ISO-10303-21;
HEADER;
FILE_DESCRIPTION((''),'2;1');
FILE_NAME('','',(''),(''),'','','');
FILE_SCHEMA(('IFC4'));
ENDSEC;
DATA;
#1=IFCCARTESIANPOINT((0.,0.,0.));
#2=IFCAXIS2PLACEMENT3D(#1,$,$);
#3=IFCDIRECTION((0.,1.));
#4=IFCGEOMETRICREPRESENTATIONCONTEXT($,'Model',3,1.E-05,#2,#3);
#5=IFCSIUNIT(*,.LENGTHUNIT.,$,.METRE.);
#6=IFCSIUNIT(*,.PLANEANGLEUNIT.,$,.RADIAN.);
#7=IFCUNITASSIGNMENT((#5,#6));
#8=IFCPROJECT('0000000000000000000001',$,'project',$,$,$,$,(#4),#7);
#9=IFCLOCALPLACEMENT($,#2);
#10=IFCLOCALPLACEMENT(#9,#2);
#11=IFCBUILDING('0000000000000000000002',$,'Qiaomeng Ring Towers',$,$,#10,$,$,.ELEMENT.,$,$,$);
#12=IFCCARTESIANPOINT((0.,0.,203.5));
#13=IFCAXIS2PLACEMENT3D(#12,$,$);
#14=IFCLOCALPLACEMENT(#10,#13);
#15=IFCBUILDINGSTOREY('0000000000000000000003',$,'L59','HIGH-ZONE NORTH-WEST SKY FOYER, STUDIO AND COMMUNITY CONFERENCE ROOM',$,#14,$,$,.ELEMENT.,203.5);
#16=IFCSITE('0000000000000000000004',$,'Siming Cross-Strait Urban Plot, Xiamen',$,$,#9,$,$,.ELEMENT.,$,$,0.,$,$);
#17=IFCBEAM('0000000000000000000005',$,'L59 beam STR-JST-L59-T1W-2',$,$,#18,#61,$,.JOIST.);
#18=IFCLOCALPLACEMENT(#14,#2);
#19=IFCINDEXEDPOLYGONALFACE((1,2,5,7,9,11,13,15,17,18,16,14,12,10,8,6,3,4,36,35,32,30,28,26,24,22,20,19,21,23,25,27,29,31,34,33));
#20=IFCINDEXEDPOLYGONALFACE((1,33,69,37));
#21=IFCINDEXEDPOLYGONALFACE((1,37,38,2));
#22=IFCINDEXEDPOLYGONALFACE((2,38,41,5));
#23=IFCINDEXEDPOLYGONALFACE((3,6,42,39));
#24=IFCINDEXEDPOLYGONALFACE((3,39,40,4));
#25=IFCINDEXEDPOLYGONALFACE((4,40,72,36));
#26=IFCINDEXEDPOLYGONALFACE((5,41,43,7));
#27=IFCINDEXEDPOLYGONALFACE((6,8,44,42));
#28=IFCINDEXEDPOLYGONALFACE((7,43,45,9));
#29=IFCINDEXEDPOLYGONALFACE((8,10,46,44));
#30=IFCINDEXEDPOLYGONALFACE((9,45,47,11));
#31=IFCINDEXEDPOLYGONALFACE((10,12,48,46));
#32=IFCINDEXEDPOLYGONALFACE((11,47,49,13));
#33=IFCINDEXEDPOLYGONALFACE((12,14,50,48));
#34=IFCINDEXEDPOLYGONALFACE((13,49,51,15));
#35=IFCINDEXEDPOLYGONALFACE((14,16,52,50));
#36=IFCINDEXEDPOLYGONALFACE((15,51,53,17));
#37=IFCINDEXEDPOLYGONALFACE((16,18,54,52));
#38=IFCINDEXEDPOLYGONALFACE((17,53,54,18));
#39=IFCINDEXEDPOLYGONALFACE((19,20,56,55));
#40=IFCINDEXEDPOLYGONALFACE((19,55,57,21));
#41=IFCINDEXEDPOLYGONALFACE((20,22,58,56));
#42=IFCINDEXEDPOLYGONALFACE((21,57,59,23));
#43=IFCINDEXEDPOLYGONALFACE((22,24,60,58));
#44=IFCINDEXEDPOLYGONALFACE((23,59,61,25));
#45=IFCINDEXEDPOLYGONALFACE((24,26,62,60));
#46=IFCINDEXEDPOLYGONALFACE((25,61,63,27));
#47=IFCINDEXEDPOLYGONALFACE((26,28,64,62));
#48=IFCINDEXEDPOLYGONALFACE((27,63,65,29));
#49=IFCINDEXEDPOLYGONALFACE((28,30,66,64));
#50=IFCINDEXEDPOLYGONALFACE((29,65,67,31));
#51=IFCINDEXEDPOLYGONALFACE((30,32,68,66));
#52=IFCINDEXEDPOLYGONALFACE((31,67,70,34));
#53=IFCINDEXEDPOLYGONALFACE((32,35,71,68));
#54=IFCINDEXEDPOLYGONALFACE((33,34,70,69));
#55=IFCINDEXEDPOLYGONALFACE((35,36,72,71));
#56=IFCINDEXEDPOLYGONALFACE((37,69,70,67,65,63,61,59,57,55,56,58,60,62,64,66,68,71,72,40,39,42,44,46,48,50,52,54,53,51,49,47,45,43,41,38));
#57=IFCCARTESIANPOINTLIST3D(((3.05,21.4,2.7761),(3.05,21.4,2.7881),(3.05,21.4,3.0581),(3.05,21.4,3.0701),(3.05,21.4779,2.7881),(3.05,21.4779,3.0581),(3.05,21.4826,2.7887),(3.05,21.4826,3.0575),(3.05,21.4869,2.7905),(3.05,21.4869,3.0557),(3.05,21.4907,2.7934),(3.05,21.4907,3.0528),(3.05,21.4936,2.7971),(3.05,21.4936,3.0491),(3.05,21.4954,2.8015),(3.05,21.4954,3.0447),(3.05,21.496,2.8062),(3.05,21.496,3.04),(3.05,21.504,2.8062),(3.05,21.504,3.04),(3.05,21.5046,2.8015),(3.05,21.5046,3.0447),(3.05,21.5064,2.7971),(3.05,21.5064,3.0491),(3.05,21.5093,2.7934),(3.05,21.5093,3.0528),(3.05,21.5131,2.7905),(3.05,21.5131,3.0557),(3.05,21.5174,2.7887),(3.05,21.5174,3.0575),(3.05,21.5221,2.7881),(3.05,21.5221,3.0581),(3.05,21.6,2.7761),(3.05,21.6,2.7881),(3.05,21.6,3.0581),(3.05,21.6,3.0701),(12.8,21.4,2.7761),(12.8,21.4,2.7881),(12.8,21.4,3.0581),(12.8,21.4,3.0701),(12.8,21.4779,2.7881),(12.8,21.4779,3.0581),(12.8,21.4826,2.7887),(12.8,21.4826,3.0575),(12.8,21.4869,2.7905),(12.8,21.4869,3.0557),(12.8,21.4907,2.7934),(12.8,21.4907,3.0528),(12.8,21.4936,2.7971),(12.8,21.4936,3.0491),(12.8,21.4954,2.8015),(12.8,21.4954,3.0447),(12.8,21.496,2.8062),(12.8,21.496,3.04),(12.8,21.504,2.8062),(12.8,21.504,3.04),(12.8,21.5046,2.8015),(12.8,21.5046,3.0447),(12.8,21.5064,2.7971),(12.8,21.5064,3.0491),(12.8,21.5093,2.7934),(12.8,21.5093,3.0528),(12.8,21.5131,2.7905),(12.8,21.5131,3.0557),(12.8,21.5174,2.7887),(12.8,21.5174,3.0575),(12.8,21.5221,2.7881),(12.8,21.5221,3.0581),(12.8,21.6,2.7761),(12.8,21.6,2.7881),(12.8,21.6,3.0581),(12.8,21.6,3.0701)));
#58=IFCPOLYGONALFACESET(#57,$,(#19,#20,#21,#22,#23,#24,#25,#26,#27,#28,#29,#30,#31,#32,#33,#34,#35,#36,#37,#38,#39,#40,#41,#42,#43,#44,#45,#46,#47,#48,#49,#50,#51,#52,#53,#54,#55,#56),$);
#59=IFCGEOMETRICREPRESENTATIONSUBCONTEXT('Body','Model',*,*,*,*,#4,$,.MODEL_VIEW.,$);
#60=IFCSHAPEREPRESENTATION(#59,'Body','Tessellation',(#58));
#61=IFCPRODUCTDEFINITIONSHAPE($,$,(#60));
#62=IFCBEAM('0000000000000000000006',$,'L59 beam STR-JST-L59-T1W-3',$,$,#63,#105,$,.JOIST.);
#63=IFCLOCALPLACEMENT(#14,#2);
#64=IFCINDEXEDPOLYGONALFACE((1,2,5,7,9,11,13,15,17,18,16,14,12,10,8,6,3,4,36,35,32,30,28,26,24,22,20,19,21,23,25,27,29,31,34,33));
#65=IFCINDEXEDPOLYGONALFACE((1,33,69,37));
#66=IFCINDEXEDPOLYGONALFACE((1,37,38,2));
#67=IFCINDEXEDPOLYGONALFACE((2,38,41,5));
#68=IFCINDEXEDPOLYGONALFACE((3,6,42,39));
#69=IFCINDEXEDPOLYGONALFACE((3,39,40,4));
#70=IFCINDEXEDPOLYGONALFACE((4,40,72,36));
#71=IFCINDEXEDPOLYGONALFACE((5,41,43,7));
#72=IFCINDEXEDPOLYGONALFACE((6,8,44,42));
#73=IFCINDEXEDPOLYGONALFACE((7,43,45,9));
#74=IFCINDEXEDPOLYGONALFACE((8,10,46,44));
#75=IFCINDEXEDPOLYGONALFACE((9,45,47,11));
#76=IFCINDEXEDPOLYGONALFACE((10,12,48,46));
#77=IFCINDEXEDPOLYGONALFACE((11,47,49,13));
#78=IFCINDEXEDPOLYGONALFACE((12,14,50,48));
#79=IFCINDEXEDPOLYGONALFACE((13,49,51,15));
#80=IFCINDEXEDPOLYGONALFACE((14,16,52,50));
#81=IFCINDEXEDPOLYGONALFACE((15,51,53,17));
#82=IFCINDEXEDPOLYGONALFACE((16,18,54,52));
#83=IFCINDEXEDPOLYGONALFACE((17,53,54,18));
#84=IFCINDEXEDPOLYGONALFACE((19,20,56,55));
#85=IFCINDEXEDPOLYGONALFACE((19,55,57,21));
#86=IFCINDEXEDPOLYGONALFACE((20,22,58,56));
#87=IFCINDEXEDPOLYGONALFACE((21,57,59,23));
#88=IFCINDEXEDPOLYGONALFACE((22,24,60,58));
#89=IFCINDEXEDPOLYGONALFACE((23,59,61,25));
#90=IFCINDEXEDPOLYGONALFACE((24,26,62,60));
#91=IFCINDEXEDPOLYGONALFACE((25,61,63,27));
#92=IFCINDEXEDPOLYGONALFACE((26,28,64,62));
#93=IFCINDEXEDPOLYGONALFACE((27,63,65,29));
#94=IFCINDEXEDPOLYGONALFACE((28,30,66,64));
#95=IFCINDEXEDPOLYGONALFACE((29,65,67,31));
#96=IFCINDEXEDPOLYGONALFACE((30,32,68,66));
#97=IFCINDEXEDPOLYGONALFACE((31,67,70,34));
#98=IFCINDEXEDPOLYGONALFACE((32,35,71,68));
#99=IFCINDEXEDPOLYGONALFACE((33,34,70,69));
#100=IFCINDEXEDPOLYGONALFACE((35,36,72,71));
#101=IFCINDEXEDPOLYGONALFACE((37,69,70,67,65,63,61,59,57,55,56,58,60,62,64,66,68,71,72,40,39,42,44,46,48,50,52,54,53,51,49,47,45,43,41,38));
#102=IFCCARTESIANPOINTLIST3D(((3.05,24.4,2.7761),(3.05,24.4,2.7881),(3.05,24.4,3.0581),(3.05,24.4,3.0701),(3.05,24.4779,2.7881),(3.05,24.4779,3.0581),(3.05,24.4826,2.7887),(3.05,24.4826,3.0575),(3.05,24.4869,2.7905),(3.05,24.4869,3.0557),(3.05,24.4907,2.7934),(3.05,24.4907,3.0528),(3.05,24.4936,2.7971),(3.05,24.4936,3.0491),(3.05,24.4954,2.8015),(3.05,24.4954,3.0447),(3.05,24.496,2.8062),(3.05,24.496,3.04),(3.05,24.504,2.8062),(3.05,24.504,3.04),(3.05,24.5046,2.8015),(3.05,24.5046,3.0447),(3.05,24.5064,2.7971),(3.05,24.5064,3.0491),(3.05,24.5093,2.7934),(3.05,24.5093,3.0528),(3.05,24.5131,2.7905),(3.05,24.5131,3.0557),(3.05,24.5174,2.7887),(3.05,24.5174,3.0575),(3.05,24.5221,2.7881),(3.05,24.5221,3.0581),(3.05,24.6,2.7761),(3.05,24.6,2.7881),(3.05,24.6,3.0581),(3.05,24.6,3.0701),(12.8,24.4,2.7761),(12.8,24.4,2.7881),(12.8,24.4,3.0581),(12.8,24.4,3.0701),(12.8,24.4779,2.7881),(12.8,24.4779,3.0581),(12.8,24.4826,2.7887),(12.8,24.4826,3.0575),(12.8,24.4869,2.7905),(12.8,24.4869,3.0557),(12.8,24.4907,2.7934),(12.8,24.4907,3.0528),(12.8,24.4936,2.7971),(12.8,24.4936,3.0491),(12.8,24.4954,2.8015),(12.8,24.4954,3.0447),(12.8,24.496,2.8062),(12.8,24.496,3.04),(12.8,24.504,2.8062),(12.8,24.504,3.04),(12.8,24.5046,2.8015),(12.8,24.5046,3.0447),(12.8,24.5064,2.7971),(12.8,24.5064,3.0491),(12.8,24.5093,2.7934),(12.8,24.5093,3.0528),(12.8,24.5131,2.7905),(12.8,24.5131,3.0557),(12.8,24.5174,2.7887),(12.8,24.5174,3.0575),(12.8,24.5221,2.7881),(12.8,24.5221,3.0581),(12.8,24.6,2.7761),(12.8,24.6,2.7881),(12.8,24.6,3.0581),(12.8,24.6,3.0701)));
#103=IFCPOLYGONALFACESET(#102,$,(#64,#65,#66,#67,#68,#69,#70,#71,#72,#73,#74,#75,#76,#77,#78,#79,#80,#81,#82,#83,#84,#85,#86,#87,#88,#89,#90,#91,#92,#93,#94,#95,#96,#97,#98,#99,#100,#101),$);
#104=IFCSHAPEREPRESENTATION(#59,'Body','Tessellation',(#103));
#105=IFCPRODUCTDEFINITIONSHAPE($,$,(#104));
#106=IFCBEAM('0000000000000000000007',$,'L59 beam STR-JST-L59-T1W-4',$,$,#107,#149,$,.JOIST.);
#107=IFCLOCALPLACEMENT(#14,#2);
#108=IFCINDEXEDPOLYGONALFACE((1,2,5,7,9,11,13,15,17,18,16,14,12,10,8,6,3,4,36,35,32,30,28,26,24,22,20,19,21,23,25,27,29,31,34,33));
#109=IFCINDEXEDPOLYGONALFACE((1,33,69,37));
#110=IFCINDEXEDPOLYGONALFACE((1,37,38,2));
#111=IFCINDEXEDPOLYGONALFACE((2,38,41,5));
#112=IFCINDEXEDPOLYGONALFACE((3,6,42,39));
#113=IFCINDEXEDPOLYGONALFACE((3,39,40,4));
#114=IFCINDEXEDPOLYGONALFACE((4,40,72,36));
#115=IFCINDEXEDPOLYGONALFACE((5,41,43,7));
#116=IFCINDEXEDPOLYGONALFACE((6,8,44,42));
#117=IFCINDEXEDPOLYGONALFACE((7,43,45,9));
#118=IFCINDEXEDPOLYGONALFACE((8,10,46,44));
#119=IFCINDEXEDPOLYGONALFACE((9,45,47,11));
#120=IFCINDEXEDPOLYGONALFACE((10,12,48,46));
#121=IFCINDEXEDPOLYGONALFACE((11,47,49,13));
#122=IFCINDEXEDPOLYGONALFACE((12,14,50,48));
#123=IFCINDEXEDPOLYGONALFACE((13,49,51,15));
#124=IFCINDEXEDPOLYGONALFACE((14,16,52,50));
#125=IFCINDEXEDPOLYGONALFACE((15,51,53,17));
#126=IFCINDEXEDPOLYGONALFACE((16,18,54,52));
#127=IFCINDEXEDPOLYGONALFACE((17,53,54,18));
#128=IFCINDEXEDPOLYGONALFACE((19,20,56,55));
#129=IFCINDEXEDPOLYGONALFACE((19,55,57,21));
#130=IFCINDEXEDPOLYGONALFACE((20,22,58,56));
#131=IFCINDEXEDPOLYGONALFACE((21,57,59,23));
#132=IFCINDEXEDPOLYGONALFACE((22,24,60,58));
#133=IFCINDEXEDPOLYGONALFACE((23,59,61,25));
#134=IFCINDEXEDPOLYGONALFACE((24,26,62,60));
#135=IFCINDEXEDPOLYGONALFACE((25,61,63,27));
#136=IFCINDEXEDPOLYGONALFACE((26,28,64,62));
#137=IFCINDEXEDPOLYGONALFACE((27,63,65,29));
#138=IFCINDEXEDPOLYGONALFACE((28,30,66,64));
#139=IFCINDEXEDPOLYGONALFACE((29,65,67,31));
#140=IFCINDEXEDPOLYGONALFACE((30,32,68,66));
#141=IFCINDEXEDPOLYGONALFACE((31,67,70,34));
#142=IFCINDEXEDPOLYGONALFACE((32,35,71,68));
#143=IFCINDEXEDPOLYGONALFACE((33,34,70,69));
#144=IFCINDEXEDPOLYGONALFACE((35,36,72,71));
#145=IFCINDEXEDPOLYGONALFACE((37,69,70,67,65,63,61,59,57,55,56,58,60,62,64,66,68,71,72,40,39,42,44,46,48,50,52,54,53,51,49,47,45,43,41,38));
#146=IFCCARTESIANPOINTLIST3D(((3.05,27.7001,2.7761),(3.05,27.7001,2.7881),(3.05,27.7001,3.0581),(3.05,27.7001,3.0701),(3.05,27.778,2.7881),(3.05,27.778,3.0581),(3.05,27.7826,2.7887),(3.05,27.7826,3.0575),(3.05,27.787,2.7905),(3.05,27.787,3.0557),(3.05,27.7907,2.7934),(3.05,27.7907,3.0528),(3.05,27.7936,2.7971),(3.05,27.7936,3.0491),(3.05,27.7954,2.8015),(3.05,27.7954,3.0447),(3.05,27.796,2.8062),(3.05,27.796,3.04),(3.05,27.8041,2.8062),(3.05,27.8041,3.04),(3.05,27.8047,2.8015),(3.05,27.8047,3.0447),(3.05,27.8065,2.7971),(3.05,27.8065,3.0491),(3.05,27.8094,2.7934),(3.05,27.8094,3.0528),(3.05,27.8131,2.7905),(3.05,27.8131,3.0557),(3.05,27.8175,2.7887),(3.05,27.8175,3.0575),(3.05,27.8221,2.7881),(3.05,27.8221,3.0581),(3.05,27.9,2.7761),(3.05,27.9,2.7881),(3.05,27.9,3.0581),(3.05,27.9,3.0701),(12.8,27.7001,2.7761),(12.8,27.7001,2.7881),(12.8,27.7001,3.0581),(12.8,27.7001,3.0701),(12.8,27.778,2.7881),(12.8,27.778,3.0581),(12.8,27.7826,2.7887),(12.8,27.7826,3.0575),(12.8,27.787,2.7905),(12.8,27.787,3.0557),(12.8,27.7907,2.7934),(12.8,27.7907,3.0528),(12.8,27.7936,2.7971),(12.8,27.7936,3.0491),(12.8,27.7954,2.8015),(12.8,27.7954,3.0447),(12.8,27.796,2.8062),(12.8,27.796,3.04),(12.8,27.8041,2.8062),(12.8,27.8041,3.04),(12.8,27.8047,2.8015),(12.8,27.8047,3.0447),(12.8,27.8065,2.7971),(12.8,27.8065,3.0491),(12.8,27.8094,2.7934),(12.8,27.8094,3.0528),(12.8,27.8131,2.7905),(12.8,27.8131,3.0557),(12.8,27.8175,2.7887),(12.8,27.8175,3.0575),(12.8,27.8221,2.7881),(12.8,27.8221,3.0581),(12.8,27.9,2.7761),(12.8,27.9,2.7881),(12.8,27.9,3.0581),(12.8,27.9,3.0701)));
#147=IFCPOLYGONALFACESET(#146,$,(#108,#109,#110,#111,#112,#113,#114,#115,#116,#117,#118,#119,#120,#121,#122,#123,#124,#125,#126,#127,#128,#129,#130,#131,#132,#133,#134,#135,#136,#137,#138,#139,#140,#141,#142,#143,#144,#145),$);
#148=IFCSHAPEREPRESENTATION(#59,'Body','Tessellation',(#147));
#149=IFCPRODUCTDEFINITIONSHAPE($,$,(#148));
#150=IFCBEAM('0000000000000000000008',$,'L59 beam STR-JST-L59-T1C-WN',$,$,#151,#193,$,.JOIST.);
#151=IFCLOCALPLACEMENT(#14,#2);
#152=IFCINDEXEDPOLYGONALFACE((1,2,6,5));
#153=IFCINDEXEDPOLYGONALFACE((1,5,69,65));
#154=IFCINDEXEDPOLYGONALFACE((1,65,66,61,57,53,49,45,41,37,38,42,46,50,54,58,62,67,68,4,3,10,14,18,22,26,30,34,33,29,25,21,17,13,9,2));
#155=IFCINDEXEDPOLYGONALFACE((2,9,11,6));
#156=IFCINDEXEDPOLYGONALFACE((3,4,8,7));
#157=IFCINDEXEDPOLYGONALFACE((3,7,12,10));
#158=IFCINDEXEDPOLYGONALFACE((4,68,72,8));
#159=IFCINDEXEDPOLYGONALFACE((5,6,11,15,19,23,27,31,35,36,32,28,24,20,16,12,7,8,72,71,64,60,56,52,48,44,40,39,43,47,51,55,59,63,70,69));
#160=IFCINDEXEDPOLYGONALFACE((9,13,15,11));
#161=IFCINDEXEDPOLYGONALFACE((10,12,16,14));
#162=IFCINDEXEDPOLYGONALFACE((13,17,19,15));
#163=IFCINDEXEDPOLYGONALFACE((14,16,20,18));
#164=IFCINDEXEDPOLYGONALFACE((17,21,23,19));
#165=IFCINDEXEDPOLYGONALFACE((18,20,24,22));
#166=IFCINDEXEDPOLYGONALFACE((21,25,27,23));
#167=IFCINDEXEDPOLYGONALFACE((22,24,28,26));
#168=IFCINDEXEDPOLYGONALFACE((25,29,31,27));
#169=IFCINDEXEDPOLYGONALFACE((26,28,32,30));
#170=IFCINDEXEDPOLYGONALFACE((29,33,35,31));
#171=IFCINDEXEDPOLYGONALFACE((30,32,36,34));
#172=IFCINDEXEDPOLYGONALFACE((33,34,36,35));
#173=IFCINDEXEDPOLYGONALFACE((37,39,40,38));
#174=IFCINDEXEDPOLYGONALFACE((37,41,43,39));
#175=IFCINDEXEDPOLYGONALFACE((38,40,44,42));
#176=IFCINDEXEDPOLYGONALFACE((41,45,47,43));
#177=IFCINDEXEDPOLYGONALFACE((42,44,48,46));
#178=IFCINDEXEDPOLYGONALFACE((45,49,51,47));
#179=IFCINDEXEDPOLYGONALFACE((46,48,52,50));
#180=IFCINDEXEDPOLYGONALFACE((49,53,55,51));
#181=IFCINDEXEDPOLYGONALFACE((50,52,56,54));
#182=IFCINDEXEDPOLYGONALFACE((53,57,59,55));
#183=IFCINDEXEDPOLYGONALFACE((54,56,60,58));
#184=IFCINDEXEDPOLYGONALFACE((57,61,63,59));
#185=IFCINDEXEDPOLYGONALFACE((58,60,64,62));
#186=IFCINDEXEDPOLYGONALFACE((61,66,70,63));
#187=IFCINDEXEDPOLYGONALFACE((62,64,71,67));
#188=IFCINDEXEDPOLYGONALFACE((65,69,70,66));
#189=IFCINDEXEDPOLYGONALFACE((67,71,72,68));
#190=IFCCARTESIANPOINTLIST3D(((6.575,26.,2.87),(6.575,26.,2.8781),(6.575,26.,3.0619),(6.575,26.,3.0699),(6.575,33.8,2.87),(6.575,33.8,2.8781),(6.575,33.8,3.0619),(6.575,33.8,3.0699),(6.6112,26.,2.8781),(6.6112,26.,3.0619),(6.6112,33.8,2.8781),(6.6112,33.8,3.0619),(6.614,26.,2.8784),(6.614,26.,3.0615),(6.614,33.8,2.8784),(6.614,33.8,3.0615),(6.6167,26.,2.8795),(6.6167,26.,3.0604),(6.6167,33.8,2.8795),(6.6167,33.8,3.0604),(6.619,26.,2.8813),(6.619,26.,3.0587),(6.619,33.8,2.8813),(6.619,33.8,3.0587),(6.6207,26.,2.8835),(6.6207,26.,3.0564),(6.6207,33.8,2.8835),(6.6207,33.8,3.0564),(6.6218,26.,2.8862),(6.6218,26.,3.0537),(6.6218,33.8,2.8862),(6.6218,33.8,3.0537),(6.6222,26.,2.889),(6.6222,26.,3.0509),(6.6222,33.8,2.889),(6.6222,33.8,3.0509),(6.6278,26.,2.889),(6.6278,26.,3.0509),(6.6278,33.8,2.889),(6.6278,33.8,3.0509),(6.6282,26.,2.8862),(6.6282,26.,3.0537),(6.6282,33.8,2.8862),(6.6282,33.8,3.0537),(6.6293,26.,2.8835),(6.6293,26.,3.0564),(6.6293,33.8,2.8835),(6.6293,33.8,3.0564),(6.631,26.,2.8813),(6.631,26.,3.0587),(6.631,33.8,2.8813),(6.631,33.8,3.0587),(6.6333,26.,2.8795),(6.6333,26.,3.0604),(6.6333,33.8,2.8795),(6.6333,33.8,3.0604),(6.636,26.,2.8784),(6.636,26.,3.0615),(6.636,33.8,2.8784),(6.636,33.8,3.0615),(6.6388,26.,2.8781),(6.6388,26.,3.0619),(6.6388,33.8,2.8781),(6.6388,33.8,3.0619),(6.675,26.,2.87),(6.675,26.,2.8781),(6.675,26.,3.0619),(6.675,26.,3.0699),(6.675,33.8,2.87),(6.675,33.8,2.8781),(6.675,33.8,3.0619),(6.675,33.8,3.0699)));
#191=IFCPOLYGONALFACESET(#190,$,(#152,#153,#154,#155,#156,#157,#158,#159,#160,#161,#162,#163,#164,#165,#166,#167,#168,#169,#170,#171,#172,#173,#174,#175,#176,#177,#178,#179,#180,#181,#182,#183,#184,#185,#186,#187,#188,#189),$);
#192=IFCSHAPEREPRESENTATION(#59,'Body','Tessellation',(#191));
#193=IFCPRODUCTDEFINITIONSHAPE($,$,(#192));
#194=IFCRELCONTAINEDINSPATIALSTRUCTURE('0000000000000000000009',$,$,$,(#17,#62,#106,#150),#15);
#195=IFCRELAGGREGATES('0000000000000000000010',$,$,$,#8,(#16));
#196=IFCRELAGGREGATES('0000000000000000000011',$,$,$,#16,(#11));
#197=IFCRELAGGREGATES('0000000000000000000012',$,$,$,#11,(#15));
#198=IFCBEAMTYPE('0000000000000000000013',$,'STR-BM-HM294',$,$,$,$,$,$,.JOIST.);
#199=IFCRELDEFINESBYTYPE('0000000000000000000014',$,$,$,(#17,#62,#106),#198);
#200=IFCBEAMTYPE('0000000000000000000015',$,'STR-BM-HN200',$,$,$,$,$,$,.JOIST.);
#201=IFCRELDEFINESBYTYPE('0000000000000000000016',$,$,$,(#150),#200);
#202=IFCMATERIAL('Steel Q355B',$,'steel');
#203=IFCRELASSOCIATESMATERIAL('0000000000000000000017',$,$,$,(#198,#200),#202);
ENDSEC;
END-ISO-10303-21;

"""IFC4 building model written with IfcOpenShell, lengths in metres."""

from ifc_helpers import new_model, si_unit, direction, frame, origin, origin_2d, place, context, subcontext, project, spatial, i_section, extrude, source, transform, mapped, material, material_profile, profile_set, type_object, element, save


model = new_model("IFC4")

# Units and contexts
model_context = context("Model", 3, precision=1e-05, world=origin(), true_north=direction((0.0, 1.0)))
body_context = subcontext(model_context, "Body", "Model", "MODEL_VIEW")
ifc_project = project(units=[si_unit("LENGTHUNIT", "METRE"), si_unit("PLANEANGLEUNIT", "RADIAN")], contexts=[model_context])

# Site, building, storey
site_placement = place(None, origin())
site = spatial("IfcSite", under=ifc_project, at=site_placement, Name="Siming Cross-Strait Urban Plot, Xiamen", CompositionType="ELEMENT", RefElevation=0.0)
building_placement = place(site_placement, origin())
building = spatial("IfcBuilding", under=site, at=building_placement, Name="Qiaomeng Ring Towers", CompositionType="ELEMENT")
storey_placement = place(building_placement, frame((0.0, 0.0, 203.5)))
storey = spatial("IfcBuildingStorey", under=building, at=storey_placement, Name="L59", Description="HIGH-ZONE NORTH-WEST SKY FOYER, STUDIO AND COMMUNITY CONFERENCE ROOM", CompositionType="ELEMENT", Elevation=203.5)

# Beams
ifc_material_1 = material(Name="Steel Q355B", Category="steel")
ifc_material_profile_1 = material_profile(ifc_material_1, i_section(OverallWidth=0.2, OverallDepth=0.2939, WebThickness=0.0081, FlangeThickness=0.012, FilletRadius=0.0181, at=origin_2d()), Name="HM 294x200x8x12")
ifc_profile_set_1 = profile_set([ifc_material_profile_1], Name="Steel Q355B")
beam_type_1 = type_object("IfcBeamType", Name="STR-BM-HM294", PredefinedType="JOIST", material=ifc_profile_set_1)
shared_shape_1 = source(origin(), body_context, "Body", "SweptSolid", [
    extrude(i_section(OverallWidth=0.2, OverallDepth=0.2939, WebThickness=0.0081, FlangeThickness=0.012, FilletRadius=0.0181, at=origin_2d()), origin(), (0.0, 0.0, 1.0), 9.75),
])
for number, where, z_axis, x_axis, name in (
    (1, (3.05, 21.5, 2.9231), (1.0, 0.0, 0.0), (0.0, 1.0, 0.0), "L59 beam STR-JST-L59-T1W-2"),
    (2, (3.05, 24.5, 2.9231), (1.0, 0.0, 0.0), (0.0, 1.0, 0.0), "L59 beam STR-JST-L59-T1W-3"),
    (3, (3.05, 27.8, 2.9231), (1.0, 0.0, 0.0), (0.0, 1.0, 0.0), "L59 beam STR-JST-L59-T1W-4"),
):
    element("IfcBeam", number, at=place(storey_placement, frame(where, z_axis=z_axis, x_axis=x_axis)), inside=storey, type_object=beam_type_1, Name=name, PredefinedType="JOIST", context=body_context, shape_type="MappedRepresentation", body=[
        mapped(shared_shape_1, transform((0.0, 0.0, 0.0), x_axis=(1.0, 0.0, 0.0), y_axis=(0.0, 1.0, 0.0), z_axis=(0.0, 0.0, 1.0), scale=1.0)),
    ])
ifc_material_profile_2 = material_profile(ifc_material_1, i_section(OverallWidth=0.1001, OverallDepth=0.2, WebThickness=0.0056, FlangeThickness=0.0081, FilletRadius=0.011, at=origin_2d()), Name="HN 200x100x5.5x8")
ifc_profile_set_2 = profile_set([ifc_material_profile_2], Name="Steel Q355B")
beam_type_2 = type_object("IfcBeamType", Name="STR-BM-HN200", PredefinedType="JOIST", material=ifc_profile_set_2)
shared_shape_2 = source(origin(), body_context, "Body", "SweptSolid", [
    extrude(i_section(OverallWidth=0.1001, OverallDepth=0.2, WebThickness=0.0056, FlangeThickness=0.0081, FilletRadius=0.011, at=origin_2d()), origin(), (0.0, 0.0, 1.0), 7.8),
])
beam_1_placement = place(storey_placement, frame((6.625, 26.0, 2.97), z_axis=(0.0, 1.0, 0.0), x_axis=(-1.0, 0.0, 0.0)))
element("IfcBeam", 4, at=beam_1_placement, inside=storey, type_object=beam_type_2, Name="L59 beam STR-JST-L59-T1C-WN", PredefinedType="JOIST", context=body_context, shape_type="MappedRepresentation", body=[
    mapped(shared_shape_2, transform((0.0, 0.0, 0.0), x_axis=(1.0, 0.0, 0.0), y_axis=(0.0, 1.0, 0.0), z_axis=(0.0, 0.0, 1.0), scale=1.0)),
])

save(model, "model.ifc")
